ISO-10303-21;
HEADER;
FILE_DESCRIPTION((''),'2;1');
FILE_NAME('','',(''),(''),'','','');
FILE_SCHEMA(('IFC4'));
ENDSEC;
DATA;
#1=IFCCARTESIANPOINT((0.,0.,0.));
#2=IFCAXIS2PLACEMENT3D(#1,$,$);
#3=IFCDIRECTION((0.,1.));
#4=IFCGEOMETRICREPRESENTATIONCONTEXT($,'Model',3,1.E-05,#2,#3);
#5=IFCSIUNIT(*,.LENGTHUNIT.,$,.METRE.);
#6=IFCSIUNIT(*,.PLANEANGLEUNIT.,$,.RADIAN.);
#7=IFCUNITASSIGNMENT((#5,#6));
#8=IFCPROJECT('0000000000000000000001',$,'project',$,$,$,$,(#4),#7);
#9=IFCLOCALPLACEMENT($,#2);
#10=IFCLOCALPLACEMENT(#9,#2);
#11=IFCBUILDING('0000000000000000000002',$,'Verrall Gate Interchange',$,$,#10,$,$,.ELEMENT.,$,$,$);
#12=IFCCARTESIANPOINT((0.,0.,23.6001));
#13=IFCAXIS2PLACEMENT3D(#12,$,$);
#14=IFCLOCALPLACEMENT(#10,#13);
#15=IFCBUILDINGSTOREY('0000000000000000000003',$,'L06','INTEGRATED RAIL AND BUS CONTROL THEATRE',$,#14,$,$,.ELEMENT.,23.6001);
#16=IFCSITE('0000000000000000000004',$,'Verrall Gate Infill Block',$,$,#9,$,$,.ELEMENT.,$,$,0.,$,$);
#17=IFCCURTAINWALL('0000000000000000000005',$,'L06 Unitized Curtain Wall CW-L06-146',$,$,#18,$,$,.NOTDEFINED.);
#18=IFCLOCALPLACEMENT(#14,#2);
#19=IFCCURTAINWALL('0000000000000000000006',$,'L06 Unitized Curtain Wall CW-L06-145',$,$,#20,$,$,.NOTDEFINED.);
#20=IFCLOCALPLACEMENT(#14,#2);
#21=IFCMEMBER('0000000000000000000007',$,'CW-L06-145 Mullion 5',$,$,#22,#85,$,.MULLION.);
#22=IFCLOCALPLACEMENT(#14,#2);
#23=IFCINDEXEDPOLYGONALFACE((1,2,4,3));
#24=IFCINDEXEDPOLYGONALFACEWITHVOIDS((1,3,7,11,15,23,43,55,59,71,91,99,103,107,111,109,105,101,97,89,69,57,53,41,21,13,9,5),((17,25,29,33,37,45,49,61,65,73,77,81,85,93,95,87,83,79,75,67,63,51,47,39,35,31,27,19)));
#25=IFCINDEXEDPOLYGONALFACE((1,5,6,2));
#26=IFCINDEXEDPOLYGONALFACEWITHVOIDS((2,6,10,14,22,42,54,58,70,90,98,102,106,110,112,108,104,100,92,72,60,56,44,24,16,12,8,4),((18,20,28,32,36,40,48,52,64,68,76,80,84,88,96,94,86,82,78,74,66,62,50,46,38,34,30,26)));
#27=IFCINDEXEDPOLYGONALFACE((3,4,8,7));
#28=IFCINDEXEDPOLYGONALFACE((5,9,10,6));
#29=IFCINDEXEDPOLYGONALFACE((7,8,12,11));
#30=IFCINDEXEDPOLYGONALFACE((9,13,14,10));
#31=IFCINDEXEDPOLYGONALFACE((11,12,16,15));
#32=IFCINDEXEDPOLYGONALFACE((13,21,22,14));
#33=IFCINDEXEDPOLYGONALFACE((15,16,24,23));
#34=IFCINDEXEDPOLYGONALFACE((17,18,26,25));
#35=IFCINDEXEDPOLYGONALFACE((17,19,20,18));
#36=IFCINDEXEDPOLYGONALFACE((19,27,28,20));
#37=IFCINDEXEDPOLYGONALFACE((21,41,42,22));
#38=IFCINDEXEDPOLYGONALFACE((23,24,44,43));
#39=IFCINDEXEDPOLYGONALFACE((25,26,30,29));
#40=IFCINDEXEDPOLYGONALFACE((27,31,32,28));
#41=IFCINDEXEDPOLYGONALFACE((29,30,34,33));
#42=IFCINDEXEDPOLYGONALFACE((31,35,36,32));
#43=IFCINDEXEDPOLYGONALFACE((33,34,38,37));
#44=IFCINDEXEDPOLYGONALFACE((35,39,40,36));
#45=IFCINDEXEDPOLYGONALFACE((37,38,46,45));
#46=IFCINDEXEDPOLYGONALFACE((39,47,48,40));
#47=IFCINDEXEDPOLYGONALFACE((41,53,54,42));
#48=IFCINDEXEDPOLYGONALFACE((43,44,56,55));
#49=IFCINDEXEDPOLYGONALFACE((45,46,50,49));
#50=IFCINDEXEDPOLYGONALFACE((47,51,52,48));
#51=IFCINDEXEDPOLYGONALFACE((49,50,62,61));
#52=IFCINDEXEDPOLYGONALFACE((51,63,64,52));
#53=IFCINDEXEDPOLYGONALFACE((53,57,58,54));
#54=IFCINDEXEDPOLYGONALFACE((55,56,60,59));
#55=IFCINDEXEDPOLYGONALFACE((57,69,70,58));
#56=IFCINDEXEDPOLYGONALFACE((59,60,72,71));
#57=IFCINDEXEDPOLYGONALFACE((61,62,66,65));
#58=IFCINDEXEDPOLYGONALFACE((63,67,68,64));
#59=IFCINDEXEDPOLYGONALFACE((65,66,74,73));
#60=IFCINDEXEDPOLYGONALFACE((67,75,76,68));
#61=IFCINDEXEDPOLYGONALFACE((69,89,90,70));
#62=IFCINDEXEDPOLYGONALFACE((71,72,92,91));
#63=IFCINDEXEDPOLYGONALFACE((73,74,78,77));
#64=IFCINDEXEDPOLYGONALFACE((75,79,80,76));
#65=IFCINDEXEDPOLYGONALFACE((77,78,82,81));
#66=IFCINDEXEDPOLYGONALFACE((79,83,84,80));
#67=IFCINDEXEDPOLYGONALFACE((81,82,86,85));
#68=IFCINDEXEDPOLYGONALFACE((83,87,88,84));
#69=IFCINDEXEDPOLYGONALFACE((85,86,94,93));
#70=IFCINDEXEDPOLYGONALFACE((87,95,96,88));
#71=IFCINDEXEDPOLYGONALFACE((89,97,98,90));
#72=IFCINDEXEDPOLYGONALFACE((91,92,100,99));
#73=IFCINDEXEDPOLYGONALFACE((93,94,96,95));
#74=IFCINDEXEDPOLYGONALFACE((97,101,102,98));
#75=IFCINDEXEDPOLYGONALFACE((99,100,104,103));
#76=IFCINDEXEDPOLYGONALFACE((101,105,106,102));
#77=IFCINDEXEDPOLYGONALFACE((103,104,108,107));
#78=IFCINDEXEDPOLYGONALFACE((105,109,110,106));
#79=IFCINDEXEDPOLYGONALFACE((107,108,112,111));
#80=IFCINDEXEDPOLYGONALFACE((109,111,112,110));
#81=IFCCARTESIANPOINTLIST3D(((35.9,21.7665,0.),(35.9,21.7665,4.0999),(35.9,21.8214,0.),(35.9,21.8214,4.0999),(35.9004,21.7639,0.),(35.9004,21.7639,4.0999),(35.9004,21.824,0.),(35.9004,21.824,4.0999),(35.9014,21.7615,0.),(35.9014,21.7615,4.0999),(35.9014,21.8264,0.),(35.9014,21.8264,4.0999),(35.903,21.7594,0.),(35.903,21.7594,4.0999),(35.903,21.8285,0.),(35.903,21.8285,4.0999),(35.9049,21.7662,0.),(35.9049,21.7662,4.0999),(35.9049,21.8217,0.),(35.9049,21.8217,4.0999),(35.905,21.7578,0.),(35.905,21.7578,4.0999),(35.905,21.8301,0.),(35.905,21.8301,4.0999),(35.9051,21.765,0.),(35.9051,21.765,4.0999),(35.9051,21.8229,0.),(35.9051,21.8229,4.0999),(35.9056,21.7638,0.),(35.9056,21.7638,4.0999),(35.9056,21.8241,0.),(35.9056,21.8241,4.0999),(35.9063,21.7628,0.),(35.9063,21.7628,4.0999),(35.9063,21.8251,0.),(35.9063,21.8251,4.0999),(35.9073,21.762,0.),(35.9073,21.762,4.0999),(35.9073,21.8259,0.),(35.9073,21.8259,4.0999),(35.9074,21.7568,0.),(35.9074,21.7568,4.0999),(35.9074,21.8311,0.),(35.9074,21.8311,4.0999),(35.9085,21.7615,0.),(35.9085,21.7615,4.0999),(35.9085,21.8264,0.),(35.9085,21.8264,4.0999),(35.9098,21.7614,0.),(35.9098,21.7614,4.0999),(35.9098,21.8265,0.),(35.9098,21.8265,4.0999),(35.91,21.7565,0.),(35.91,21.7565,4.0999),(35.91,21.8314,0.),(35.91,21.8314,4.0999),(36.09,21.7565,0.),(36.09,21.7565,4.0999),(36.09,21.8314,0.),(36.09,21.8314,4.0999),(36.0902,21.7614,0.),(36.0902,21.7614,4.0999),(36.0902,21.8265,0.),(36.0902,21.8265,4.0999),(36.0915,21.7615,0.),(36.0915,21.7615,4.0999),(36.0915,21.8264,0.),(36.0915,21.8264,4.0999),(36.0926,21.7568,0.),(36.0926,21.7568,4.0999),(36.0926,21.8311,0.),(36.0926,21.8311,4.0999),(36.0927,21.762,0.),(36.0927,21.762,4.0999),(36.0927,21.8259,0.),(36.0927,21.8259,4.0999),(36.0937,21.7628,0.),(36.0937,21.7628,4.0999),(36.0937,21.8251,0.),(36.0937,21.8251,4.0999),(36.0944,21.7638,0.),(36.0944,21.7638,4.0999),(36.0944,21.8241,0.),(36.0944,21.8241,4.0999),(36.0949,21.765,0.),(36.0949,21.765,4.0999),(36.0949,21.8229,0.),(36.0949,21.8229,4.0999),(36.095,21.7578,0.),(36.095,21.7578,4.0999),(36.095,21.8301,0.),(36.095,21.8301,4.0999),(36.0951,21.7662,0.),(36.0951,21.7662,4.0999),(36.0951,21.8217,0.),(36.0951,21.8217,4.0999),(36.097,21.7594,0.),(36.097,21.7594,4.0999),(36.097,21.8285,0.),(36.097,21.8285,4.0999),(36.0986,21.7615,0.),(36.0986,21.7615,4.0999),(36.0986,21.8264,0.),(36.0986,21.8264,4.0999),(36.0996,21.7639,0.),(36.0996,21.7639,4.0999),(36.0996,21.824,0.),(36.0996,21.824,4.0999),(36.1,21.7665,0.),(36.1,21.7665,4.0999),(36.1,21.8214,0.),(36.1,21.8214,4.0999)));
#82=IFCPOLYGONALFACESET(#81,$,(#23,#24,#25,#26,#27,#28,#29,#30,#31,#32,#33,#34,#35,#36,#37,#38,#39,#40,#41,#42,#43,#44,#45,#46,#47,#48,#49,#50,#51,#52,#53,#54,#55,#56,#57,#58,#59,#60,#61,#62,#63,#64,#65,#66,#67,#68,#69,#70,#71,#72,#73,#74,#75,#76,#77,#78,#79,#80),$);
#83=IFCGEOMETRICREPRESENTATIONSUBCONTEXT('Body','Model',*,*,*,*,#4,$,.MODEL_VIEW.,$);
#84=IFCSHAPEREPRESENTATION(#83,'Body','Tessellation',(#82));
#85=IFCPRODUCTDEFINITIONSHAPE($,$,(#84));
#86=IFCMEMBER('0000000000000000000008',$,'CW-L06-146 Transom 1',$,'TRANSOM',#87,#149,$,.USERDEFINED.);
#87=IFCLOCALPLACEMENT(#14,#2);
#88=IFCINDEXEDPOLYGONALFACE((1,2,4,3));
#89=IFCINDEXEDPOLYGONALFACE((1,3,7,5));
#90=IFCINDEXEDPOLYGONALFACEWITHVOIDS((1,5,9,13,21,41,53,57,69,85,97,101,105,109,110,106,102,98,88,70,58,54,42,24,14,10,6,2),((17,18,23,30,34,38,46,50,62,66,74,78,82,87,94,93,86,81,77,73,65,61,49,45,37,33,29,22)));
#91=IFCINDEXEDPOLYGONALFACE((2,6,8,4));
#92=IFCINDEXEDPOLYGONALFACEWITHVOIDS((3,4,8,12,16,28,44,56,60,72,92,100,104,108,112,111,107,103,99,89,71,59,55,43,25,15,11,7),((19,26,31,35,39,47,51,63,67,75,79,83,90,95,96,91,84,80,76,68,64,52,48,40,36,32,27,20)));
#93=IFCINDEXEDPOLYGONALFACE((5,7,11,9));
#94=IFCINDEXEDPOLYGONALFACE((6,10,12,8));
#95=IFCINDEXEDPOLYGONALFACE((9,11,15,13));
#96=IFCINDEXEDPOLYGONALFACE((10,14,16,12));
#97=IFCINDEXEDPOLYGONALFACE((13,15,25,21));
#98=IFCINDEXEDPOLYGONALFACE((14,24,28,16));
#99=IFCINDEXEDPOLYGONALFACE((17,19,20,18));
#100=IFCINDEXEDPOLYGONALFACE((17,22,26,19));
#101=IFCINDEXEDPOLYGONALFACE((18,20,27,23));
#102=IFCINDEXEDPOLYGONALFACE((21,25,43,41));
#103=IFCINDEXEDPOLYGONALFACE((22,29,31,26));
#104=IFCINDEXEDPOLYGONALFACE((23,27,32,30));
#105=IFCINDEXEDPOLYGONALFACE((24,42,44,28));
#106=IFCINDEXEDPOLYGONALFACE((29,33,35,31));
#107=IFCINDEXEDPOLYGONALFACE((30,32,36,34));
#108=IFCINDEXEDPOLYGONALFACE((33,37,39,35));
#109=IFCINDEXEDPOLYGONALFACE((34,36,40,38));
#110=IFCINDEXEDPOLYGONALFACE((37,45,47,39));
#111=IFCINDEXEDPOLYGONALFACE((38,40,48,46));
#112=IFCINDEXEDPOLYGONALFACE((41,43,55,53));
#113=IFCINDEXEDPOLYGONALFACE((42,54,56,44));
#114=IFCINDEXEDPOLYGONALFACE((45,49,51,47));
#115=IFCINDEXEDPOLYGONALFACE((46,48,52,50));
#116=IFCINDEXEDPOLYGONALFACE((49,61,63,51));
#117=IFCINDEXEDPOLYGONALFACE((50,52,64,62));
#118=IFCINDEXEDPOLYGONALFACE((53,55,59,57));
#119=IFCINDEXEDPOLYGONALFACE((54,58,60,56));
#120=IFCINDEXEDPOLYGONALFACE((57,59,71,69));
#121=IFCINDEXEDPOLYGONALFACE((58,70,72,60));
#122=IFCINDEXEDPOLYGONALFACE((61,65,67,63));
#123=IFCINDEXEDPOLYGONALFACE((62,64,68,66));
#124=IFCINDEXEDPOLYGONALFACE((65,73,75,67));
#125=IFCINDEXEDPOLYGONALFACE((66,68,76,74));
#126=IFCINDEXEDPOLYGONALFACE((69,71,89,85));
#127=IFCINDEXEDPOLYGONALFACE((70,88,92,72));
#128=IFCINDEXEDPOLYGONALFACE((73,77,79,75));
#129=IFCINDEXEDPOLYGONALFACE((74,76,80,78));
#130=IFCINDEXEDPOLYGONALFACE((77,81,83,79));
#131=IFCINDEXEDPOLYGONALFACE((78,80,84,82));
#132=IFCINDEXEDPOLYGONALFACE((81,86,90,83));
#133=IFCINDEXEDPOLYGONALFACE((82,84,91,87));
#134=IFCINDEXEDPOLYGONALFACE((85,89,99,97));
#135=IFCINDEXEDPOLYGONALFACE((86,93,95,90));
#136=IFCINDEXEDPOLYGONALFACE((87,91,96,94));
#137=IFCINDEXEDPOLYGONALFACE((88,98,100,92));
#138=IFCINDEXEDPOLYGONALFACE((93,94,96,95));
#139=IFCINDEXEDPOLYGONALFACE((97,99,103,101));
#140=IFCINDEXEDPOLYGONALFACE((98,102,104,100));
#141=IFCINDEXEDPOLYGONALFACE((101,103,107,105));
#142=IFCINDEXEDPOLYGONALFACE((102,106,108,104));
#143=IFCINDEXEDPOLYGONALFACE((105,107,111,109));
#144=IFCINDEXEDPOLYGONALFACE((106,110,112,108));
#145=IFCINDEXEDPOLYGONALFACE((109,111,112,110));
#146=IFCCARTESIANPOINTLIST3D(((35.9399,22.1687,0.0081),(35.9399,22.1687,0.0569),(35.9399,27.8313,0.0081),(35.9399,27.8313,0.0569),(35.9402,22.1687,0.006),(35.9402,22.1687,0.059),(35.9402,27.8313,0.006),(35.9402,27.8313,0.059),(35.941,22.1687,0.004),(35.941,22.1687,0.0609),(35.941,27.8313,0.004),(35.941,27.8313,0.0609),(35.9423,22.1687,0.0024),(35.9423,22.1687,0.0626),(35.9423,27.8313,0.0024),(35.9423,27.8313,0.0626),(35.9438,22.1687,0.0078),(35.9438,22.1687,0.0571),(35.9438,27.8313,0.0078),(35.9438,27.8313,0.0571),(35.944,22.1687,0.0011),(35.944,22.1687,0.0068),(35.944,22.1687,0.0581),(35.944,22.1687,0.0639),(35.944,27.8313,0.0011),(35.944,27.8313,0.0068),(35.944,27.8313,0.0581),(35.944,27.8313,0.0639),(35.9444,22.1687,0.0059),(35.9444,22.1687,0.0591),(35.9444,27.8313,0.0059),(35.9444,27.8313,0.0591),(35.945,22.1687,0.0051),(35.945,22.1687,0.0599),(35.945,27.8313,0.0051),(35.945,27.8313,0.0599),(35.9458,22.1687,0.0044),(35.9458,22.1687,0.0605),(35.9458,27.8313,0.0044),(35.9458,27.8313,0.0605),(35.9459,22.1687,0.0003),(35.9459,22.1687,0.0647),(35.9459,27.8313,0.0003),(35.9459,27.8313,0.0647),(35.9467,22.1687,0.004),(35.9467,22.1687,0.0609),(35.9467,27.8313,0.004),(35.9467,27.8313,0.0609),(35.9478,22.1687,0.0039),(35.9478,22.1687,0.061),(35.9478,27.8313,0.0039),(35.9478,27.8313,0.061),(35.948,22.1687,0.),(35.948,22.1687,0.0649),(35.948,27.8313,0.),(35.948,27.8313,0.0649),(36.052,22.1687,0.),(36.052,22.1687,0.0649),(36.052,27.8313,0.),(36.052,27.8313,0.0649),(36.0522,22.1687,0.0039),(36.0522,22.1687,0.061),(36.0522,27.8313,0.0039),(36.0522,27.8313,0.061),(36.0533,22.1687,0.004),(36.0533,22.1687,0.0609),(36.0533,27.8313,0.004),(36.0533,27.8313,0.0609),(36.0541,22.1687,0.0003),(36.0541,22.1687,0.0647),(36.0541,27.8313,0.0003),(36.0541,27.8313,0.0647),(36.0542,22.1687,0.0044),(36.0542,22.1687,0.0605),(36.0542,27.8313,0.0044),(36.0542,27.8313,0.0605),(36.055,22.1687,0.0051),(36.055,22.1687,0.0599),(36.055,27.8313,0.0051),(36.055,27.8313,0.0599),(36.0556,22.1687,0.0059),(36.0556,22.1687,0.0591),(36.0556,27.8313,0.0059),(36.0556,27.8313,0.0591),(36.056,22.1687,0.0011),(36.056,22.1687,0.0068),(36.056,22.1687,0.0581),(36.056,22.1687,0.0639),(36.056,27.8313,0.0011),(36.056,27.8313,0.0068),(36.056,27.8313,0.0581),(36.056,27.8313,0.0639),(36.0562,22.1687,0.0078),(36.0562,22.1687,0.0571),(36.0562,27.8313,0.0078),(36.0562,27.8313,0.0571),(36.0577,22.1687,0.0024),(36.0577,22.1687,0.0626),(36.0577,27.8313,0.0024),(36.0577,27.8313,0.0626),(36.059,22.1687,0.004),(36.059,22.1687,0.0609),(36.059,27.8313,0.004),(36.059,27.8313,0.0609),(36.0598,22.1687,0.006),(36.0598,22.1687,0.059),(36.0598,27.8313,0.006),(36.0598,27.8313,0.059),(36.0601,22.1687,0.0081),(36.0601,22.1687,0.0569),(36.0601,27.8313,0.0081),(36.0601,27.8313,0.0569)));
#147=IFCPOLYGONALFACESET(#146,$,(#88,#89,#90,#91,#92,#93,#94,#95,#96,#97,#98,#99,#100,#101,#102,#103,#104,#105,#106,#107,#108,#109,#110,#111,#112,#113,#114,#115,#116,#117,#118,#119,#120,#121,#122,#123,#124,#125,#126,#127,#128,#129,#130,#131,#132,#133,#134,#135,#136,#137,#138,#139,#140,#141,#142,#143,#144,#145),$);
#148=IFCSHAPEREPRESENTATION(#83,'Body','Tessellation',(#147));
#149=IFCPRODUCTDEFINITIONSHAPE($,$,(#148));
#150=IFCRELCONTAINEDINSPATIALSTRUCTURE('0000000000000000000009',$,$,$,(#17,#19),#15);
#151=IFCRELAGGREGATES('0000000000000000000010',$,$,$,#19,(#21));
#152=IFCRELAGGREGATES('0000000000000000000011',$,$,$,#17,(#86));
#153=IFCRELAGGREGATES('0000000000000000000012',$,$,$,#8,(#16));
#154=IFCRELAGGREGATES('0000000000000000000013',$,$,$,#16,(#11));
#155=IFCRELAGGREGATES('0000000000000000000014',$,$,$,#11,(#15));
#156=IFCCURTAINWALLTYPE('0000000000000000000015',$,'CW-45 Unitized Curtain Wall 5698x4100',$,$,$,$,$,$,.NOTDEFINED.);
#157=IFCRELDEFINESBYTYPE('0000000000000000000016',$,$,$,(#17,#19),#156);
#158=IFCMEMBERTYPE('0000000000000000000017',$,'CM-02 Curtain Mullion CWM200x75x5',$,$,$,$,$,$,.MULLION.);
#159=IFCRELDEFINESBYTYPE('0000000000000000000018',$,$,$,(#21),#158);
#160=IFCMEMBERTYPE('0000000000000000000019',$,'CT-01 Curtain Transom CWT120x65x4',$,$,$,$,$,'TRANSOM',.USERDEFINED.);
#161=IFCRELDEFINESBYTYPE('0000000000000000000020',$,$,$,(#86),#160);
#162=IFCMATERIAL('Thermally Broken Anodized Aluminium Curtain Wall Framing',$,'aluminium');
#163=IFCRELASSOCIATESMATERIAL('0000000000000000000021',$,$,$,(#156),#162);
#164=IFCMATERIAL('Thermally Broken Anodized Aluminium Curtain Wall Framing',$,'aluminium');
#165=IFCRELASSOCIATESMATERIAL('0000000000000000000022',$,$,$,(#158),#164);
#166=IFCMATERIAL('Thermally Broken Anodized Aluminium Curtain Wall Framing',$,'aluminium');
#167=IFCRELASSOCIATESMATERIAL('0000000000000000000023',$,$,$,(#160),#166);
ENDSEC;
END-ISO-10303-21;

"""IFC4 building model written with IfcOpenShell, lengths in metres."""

from ifc_helpers import new_model, si_unit, direction, frame, origin, origin_2d, place, context, subcontext, project, spatial, hollow_rectangle, extrude, material, material_profile, profile_set, type_object, element, aggregate, save


model = new_model("IFC4")

# Units and contexts
model_context = context("Model", 3, precision=1e-05, world=origin(), true_north=direction((0.0, 1.0)))
body_context = subcontext(model_context, "Body", "Model", "MODEL_VIEW")
ifc_project = project(units=[si_unit("LENGTHUNIT", "METRE"), si_unit("PLANEANGLEUNIT", "RADIAN")], contexts=[model_context])

# Site, building, storey
site_placement = place(None, origin())
site = spatial("IfcSite", under=ifc_project, at=site_placement, Name="Verrall Gate Infill Block", CompositionType="ELEMENT", RefElevation=0.0)
building_placement = place(site_placement, origin())
building = spatial("IfcBuilding", under=site, at=building_placement, Name="Verrall Gate Interchange", CompositionType="ELEMENT")
storey_placement = place(building_placement, frame((0.0, 0.0, 23.6001)))
storey = spatial("IfcBuildingStorey", under=building, at=storey_placement, Name="L06", Description="INTEGRATED RAIL AND BUS CONTROL THEATRE", CompositionType="ELEMENT", Elevation=23.6001)

# Curtain walls, member
ifc_material_1 = material(Name="Thermally Broken Anodized Aluminium Curtain Wall Framing", Category="aluminium")
curtain_wall_type = type_object("IfcCurtainWallType", Name="CW-45 Unitized Curtain Wall 5698x4100", PredefinedType="NOTDEFINED", material=ifc_material_1)
curtain_wall_1_placement = place(storey_placement, origin())
curtain_wall_1 = element("IfcCurtainWall", 1, at=curtain_wall_1_placement, inside=storey, type_object=curtain_wall_type, Name="L06 Unitized Curtain Wall CW-L06-146", PredefinedType="NOTDEFINED")
curtain_wall_2_placement = place(storey_placement, origin())
curtain_wall_2 = element("IfcCurtainWall", 2, at=curtain_wall_2_placement, inside=storey, type_object=curtain_wall_type, Name="L06 Unitized Curtain Wall CW-L06-145", PredefinedType="NOTDEFINED")
ifc_material_2 = material(Name="Thermally Broken Anodized Aluminium Curtain Wall Framing", Category="aluminium")
ifc_material_profile_1 = material_profile(ifc_material_2, hollow_rectangle(XDim=0.075, YDim=0.2, WallThickness=0.0049, InnerFilletRadius=0.0049, OuterFilletRadius=0.01, at=origin_2d()), Name="CWM200x75x5")
ifc_profile_set_1 = profile_set([ifc_material_profile_1], Name="Thermally Broken Anodized Aluminium Curtain Wall Framing")
member_type_1 = type_object("IfcMemberType", Name="CM-02 Curtain Mullion CWM200x75x5", PredefinedType="MULLION", material=ifc_profile_set_1)
member_1_placement = place(storey_placement, frame((36.0, 21.7939, 0.0), z_axis=(0.0, 0.0, 1.0), x_axis=(0.0, 1.0, 0.0)))
member_1 = element("IfcMember", 3, at=member_1_placement, type_object=member_type_1, Name="CW-L06-145 Mullion 5", PredefinedType="MULLION", context=body_context, shape_type="SweptSolid", body=[
    extrude(hollow_rectangle(XDim=0.075, YDim=0.2, WallThickness=0.0049, InnerFilletRadius=0.0049, OuterFilletRadius=0.01, at=origin_2d()), origin(), (0.0, 0.0, 1.0), 4.0999),
])

# Member
ifc_material_3 = material(Name="Thermally Broken Anodized Aluminium Curtain Wall Framing", Category="aluminium")
ifc_material_profile_2 = material_profile(ifc_material_3, hollow_rectangle(XDim=0.1201, YDim=0.0649, WallThickness=0.0039, InnerFilletRadius=0.0039, OuterFilletRadius=0.0081, at=origin_2d()), Name="CWT120x65x4")
ifc_profile_set_2 = profile_set([ifc_material_profile_2], Name="Thermally Broken Anodized Aluminium Curtain Wall Framing")
member_type_2 = type_object("IfcMemberType", Name="CT-01 Curtain Transom CWT120x65x4", ElementType="TRANSOM", PredefinedType="USERDEFINED", material=ifc_profile_set_2)
member_2_placement = place(storey_placement, frame((36.0, 22.1687, 0.0325), z_axis=(0.0, 1.0, 0.0), x_axis=(-1.0, 0.0, 0.0)))
member_2 = element("IfcMember", 4, at=member_2_placement, type_object=member_type_2, Name="CW-L06-146 Transom 1", ObjectType="TRANSOM", PredefinedType="USERDEFINED", context=body_context, shape_type="SweptSolid", body=[
    extrude(hollow_rectangle(XDim=0.1201, YDim=0.0649, WallThickness=0.0039, InnerFilletRadius=0.0039, OuterFilletRadius=0.0081, at=origin_2d()), origin(), (0.0, 0.0, 1.0), 5.6626),
])

aggregate(curtain_wall_2, [member_1])
aggregate(curtain_wall_1, [member_2])

save(model, "model.ifc")
